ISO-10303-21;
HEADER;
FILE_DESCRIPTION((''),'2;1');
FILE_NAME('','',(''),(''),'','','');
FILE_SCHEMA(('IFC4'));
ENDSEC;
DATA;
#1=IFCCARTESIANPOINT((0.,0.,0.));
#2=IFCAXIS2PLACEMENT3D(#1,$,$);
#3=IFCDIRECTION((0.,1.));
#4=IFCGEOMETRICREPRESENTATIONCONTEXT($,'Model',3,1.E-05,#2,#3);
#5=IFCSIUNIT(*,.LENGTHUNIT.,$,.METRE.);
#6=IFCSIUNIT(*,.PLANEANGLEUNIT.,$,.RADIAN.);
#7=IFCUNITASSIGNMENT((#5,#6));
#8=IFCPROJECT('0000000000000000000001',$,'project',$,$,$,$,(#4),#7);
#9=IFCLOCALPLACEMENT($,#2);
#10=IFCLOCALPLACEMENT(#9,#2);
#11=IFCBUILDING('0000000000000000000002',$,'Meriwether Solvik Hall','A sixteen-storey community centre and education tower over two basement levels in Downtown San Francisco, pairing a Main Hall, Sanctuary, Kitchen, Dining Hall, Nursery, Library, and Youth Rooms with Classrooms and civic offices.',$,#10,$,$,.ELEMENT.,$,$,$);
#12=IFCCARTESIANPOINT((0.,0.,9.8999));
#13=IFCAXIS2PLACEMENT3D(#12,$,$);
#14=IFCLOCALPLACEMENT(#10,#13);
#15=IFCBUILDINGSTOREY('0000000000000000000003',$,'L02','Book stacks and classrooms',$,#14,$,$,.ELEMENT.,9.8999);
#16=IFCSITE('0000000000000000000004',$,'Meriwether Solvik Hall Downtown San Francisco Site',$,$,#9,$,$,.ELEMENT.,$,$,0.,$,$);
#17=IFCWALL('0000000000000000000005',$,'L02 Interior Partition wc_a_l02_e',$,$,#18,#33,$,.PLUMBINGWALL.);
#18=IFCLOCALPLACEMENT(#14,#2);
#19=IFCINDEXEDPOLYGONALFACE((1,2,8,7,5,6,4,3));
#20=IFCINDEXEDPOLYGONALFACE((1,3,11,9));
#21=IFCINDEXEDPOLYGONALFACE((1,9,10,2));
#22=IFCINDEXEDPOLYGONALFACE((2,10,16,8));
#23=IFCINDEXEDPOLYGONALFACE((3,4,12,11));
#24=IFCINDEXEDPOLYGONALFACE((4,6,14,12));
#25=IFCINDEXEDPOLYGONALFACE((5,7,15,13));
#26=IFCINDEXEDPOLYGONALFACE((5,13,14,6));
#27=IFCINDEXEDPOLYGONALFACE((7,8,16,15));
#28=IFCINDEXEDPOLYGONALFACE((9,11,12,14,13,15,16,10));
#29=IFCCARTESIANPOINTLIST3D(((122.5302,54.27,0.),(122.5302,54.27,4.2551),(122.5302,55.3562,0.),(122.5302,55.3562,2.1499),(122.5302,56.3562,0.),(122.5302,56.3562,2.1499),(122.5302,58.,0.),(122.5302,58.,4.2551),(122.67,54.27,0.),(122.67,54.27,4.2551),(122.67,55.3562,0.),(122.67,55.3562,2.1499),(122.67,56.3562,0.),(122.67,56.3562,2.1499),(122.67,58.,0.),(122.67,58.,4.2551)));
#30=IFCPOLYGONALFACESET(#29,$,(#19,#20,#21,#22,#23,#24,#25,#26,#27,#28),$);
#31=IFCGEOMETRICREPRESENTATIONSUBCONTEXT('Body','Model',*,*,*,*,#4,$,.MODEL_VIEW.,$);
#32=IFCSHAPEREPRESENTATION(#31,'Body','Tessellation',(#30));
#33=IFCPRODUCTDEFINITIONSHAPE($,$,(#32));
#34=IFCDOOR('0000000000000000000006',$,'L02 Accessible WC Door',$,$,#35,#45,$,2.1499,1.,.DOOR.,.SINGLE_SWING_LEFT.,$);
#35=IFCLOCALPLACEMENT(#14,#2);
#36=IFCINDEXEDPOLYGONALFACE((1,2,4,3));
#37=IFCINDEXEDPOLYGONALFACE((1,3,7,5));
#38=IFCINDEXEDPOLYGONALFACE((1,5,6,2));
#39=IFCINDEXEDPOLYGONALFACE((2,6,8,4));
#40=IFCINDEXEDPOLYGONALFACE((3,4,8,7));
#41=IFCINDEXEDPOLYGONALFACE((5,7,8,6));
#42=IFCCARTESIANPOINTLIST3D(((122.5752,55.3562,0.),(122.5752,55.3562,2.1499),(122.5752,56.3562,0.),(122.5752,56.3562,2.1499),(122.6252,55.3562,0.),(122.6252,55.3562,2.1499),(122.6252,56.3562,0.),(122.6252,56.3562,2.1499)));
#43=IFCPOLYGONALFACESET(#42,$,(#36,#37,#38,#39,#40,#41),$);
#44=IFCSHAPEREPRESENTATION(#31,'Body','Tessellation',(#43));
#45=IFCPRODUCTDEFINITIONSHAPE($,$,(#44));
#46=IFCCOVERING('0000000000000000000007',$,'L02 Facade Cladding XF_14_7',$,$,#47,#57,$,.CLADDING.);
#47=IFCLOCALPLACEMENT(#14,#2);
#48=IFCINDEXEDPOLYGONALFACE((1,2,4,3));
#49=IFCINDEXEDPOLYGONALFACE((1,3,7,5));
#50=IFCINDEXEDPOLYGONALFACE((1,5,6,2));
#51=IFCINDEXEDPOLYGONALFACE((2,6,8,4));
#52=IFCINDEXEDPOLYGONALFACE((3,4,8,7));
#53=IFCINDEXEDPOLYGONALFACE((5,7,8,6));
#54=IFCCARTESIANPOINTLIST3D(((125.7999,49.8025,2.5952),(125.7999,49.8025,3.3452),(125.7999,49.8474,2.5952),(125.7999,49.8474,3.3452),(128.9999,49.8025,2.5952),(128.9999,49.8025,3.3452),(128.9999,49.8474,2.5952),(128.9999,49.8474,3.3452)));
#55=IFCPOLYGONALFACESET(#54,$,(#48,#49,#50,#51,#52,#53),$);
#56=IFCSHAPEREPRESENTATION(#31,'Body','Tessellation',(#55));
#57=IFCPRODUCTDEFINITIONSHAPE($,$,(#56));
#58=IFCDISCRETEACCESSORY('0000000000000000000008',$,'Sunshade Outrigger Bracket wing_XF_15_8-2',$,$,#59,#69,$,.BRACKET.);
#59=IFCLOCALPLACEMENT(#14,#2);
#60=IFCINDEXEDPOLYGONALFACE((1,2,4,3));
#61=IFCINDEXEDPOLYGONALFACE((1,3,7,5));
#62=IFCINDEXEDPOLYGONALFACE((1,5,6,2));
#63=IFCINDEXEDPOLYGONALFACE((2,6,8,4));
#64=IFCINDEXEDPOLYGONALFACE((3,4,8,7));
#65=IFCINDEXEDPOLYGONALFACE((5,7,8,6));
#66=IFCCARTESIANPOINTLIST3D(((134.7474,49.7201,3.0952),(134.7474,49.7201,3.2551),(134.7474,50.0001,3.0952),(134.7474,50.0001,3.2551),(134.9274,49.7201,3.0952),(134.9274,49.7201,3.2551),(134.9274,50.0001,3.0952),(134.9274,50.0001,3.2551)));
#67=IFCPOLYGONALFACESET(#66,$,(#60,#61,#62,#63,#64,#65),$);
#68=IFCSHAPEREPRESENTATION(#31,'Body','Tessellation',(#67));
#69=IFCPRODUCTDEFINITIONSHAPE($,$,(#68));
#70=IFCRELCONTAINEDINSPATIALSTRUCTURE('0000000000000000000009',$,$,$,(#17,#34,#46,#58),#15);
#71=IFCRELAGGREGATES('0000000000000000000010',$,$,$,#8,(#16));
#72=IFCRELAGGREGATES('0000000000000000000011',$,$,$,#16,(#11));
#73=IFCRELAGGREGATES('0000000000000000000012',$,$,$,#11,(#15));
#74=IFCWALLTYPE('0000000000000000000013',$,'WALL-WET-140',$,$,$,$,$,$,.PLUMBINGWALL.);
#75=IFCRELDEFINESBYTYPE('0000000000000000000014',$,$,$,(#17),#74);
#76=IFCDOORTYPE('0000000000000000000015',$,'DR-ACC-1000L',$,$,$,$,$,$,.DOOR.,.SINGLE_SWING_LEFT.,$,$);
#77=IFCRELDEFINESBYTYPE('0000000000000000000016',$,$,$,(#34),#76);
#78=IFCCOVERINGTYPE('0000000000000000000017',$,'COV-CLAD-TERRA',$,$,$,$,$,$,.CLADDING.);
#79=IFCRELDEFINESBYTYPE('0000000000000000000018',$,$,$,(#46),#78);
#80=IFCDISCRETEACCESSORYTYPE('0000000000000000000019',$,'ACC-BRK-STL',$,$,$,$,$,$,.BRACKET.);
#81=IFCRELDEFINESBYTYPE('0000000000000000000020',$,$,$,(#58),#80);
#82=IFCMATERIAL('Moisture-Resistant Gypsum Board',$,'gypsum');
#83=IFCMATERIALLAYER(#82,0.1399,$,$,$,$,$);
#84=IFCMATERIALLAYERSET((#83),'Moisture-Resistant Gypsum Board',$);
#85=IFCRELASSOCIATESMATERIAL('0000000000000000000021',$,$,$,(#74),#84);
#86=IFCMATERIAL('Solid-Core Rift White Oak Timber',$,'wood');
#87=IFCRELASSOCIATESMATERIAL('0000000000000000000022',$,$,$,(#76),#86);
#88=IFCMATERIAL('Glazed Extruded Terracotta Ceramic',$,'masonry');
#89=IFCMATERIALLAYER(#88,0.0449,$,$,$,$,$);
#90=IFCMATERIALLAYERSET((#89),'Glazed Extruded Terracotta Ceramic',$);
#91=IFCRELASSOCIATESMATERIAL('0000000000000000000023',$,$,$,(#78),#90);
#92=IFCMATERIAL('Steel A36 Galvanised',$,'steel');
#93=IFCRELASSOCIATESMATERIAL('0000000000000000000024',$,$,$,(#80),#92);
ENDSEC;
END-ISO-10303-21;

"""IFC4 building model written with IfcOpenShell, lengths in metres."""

from ifc_helpers import new_model, si_unit, direction, frame, frame_2d, origin, origin_2d, place, context, subcontext, project, spatial, rectangle, extrude, material, layer, layer_set, type_object, element, fill, save


model = new_model("IFC4")

# Units and contexts
model_context = context("Model", 3, precision=1e-05, world=origin(), true_north=direction((0.0, 1.0)))
body_context = subcontext(model_context, "Body", "Model", "MODEL_VIEW")
ifc_project = project(units=[si_unit("LENGTHUNIT", "METRE"), si_unit("PLANEANGLEUNIT", "RADIAN")], contexts=[model_context])

# Site, building, storey
site_placement = place(None, origin())
site = spatial("IfcSite", under=ifc_project, at=site_placement, Name="Meriwether Solvik Hall Downtown San Francisco Site", CompositionType="ELEMENT", RefElevation=0.0)
building_placement = place(site_placement, origin())
building = spatial("IfcBuilding", under=site, at=building_placement, Name="Meriwether Solvik Hall", Description="A sixteen-storey community centre and education tower over two basement levels in Downtown San Francisco, pairing a Main Hall, Sanctuary, Kitchen, Dining Hall, Nursery, Library, and Youth Rooms with Classrooms and civic offices.", CompositionType="ELEMENT")
storey_placement = place(building_placement, frame((0.0, 0.0, 9.8999)))
storey = spatial("IfcBuildingStorey", under=building, at=storey_placement, Name="L02", Description="Book stacks and classrooms", CompositionType="ELEMENT", Elevation=9.8999)

# Shared definitions
ifc_material_1 = material(Name="Moisture-Resistant Gypsum Board", Category="gypsum")
ifc_layer_1 = layer(ifc_material_1, 0.1399)
ifc_layer_set_1 = layer_set([ifc_layer_1], Name="Moisture-Resistant Gypsum Board")
wall_type_1 = type_object("IfcWallType", Name="WALL-WET-140", PredefinedType="PLUMBINGWALL", material=ifc_layer_set_1)

# Wall, opening, door
wall_1_placement = place(storey_placement, frame((122.6001, 54.27, 0.0), z_axis=(0.0, 0.0, 1.0), x_axis=(0.0, 1.0, 0.0)))
wall_1 = element("IfcWall", 1, at=wall_1_placement, inside=storey, type_object=wall_type_1, Name="L02 Interior Partition wc_a_l02_e", PredefinedType="PLUMBINGWALL", context=body_context, shape_type="SweptSolid", body=[
    extrude(rectangle(XDim=3.73, YDim=0.1399, at=frame_2d((1.865, 0.0))), origin(), (0.0, 0.0, 1.0), 4.2551),
])
opening_1_placement = place(wall_1_placement, frame((1.0862, 0.0, 0.0)))
opening_1 = element("IfcOpeningElement", 2, at=opening_1_placement, cuts=wall_1, PredefinedType="OPENING", context=body_context, shape_type="SweptSolid", body=[
    extrude(rectangle(XDim=1.0, YDim=2.1499, at=frame_2d((0.5, 1.075))), frame((0.0, 0.082, 0.0), z_axis=(0.0, -1.0, 0.0), x_axis=(1.0, 0.0, 0.0)), (0.0, 0.0, 1.0), 0.1638),
])
ifc_material_2 = material(Name="Solid-Core Rift White Oak Timber", Category="wood")
door_type_1 = type_object("IfcDoorType", Name="DR-ACC-1000L", OperationType="SINGLE_SWING_LEFT", PredefinedType="DOOR", material=ifc_material_2)
door_1_placement = place(opening_1_placement, origin())
door_1 = element("IfcDoor", 3, at=door_1_placement, inside=storey, type_object=door_type_1, Name="L02 Accessible WC Door", OperationType="SINGLE_SWING_LEFT", OverallHeight=2.1499, OverallWidth=1.0, PredefinedType="DOOR", context=body_context, shape_type="SweptSolid", body=[
    extrude(rectangle(XDim=1.0, YDim=2.1499, at=frame_2d((0.5, 1.075))), frame((0.0, 0.0249, 0.0), z_axis=(0.0, -1.0, 0.0), x_axis=(1.0, 0.0, 0.0)), (0.0, 0.0, 1.0), 0.05),
])
fill(opening_1, door_1)

# Covering
ifc_material_3 = material(Name="Glazed Extruded Terracotta Ceramic", Category="masonry")
ifc_layer_2 = layer(ifc_material_3, 0.0449)
ifc_layer_set_2 = layer_set([ifc_layer_2], Name="Glazed Extruded Terracotta Ceramic")
covering_type = type_object("IfcCoveringType", Name="COV-CLAD-TERRA", PredefinedType="CLADDING", material=ifc_layer_set_2)
covering_placement = place(storey_placement, frame((127.3999, 49.825, 2.5952), z_axis=(0.0, 0.0, 1.0), x_axis=(-1.0, 0.0, 0.0)))
element("IfcCovering", 4, at=covering_placement, inside=storey, type_object=covering_type, Name="L02 Facade Cladding XF_14_7", PredefinedType="CLADDING", context=body_context, shape_type="SweptSolid", body=[
    extrude(rectangle(XDim=3.2, YDim=0.0449, at=origin_2d()), origin(), (0.0, 0.0, 1.0), 0.75),
])

# Discrete accessory
ifc_material_4 = material(Name="Steel A36 Galvanised", Category="steel")
discrete_accessory_type = type_object("IfcDiscreteAccessoryType", Name="ACC-BRK-STL", PredefinedType="BRACKET", material=ifc_material_4)
discrete_accessory_placement = place(storey_placement, frame((134.8374, 49.8601, 3.0952), z_axis=(0.0, 0.0, 1.0), x_axis=(-1.0, 0.0, 0.0)))
element("IfcDiscreteAccessory", 5, at=discrete_accessory_placement, inside=storey, type_object=discrete_accessory_type, Name="Sunshade Outrigger Bracket wing_XF_15_8-2", PredefinedType="BRACKET", context=body_context, shape_type="SweptSolid", body=[
    extrude(rectangle(XDim=0.1799, YDim=0.28, at=origin_2d()), origin(), (0.0, 0.0, 1.0), 0.1599),
])

save(model, "model.ifc")
